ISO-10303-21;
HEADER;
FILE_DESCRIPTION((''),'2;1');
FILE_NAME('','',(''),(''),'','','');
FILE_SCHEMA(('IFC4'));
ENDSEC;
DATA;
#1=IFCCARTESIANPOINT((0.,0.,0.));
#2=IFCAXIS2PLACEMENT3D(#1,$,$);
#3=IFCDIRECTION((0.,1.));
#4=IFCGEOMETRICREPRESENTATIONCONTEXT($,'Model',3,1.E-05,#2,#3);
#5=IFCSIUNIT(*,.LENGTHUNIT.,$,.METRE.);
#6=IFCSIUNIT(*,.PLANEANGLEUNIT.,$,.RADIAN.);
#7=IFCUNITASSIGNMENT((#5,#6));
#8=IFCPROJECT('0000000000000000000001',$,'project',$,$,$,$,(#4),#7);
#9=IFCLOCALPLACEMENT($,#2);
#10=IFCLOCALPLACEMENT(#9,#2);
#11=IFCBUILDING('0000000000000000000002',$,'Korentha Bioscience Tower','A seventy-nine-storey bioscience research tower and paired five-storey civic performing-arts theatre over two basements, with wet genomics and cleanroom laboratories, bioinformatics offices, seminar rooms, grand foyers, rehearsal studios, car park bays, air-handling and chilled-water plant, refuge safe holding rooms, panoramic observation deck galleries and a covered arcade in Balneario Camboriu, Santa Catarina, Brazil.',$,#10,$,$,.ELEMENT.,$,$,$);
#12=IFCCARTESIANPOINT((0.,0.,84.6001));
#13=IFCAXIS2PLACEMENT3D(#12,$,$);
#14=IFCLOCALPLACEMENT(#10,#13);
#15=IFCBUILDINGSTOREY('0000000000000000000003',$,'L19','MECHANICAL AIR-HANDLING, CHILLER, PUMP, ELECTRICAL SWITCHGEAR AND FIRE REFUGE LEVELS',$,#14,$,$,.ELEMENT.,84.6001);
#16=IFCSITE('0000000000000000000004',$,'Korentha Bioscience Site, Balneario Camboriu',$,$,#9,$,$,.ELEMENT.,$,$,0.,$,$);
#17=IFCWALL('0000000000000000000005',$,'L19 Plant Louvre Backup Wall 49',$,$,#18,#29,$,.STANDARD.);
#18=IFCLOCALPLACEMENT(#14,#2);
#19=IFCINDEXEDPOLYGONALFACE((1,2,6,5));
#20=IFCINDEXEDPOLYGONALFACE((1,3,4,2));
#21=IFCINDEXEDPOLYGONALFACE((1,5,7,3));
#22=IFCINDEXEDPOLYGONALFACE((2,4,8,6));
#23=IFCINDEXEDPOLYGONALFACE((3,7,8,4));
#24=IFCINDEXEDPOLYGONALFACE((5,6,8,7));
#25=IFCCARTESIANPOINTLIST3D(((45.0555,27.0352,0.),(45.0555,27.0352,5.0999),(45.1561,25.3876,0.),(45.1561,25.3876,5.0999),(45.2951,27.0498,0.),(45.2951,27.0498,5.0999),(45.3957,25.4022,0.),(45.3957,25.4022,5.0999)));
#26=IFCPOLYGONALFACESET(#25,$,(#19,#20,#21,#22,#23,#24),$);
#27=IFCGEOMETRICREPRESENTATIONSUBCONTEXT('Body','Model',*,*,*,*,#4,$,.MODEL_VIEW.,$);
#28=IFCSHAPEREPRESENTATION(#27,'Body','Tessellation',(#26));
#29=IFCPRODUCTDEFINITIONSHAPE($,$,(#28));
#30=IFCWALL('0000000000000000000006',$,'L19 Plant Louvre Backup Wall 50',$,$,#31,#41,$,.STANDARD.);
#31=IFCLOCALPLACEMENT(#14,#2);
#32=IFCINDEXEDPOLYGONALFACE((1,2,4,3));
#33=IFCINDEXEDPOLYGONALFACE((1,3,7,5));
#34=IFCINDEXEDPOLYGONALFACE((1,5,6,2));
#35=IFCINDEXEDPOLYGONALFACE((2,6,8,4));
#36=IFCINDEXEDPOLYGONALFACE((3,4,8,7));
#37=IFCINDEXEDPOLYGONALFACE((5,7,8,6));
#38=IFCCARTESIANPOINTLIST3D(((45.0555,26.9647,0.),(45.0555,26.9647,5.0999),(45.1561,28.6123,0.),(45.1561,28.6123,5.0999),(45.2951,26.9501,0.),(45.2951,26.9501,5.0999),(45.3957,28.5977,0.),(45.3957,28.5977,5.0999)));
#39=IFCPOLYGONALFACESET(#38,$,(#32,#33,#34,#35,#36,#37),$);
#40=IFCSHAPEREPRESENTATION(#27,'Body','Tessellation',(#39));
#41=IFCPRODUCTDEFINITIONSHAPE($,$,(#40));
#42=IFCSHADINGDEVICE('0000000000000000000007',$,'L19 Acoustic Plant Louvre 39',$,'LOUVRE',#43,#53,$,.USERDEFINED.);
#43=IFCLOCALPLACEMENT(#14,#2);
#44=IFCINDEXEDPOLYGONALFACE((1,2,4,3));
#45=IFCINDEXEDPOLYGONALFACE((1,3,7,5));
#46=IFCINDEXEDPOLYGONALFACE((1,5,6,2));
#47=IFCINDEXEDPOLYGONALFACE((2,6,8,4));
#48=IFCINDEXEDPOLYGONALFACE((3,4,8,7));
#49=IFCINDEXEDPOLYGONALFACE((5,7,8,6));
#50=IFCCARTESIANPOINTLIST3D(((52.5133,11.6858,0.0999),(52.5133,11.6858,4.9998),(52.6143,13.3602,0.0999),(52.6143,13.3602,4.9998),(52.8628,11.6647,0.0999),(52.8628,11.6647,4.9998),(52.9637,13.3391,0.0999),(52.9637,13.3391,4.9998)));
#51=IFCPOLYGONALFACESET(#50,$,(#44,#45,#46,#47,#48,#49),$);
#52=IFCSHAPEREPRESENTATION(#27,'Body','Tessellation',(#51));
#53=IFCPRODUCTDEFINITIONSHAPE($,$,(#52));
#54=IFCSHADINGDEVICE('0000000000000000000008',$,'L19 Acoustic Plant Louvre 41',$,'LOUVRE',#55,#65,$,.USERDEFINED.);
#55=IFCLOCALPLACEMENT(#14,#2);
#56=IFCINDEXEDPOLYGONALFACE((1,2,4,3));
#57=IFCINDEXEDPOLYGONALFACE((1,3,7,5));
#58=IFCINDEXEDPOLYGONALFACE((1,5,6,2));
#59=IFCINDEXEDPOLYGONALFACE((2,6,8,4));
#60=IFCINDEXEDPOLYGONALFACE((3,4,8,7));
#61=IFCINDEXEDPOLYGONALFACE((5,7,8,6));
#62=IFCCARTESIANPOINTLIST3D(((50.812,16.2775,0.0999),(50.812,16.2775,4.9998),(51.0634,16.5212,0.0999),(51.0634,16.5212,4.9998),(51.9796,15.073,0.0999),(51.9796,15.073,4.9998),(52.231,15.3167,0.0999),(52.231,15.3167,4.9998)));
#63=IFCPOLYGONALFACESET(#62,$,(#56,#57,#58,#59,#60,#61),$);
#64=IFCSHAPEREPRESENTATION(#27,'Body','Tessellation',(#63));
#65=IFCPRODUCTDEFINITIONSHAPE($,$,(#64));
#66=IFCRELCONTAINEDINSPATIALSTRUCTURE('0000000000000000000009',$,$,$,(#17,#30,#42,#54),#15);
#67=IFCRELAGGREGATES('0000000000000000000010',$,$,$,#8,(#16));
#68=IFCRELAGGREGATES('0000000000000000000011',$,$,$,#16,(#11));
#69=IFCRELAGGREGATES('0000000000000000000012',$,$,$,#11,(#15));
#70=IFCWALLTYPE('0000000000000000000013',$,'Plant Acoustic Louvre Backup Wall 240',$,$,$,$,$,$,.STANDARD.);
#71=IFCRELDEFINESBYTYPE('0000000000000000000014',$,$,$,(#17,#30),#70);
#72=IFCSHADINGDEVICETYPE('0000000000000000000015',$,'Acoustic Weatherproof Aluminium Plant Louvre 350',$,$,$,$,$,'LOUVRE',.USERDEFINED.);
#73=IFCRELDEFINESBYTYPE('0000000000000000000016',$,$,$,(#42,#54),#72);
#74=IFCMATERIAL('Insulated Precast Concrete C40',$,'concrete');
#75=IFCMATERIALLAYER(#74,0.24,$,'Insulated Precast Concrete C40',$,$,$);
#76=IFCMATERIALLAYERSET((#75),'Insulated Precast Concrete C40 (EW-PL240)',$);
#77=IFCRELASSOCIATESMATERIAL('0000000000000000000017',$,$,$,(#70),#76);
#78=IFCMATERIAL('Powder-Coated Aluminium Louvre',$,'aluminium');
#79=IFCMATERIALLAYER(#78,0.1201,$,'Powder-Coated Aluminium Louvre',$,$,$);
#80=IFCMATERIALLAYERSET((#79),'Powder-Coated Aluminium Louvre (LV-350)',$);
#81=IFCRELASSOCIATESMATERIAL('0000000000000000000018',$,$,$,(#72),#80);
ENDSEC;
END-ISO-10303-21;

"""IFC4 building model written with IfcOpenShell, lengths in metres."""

from ifc_helpers import new_model, si_unit, direction, frame, frame_2d, origin, origin_2d, place, context, subcontext, project, spatial, rectangle, extrude, material, layer, layer_set, type_object, element, save


model = new_model("IFC4")

# Units and contexts
model_context = context("Model", 3, precision=1e-05, world=origin(), true_north=direction((0.0, 1.0)))
body_context = subcontext(model_context, "Body", "Model", "MODEL_VIEW")
ifc_project = project(units=[si_unit("LENGTHUNIT", "METRE"), si_unit("PLANEANGLEUNIT", "RADIAN")], contexts=[model_context])

# Site, building, storey
site_placement = place(None, origin())
site = spatial("IfcSite", under=ifc_project, at=site_placement, Name="Korentha Bioscience Site, Balneario Camboriu", CompositionType="ELEMENT", RefElevation=0.0)
building_placement = place(site_placement, origin())
building = spatial("IfcBuilding", under=site, at=building_placement, Name="Korentha Bioscience Tower", Description="A seventy-nine-storey bioscience research tower and paired five-storey civic performing-arts theatre over two basements, with wet genomics and cleanroom laboratories, bioinformatics offices, seminar rooms, grand foyers, rehearsal studios, car park bays, air-handling and chilled-water plant, refuge safe holding rooms, panoramic observation deck galleries and a covered arcade in Balneario Camboriu, Santa Catarina, Brazil.", CompositionType="ELEMENT")
storey_placement = place(building_placement, frame((0.0, 0.0, 84.6001)))
storey = spatial("IfcBuildingStorey", under=building, at=storey_placement, Name="L19", Description="MECHANICAL AIR-HANDLING, CHILLER, PUMP, ELECTRICAL SWITCHGEAR AND FIRE REFUGE LEVELS", CompositionType="ELEMENT", Elevation=84.6001)

# Walls
ifc_material_1 = material(Name="Insulated Precast Concrete C40", Category="concrete")
ifc_layer_1 = layer(ifc_material_1, 0.24, Name="Insulated Precast Concrete C40")
ifc_layer_set_1 = layer_set([ifc_layer_1], Name="Insulated Precast Concrete C40 (EW-PL240)")
wall_type = type_object("IfcWallType", Name="Plant Acoustic Louvre Backup Wall 240", PredefinedType="STANDARD", material=ifc_layer_set_1)
for number, where, z_axis, x_axis, name in (
    (1, (45.2759, 25.395, 0.0), (0.0, 0.0, 1.0), (-0.060942, 0.998141, 0.0), "L19 Plant Louvre Backup Wall 49"),
    (2, (45.1753, 26.9575, 0.0), (0.0, 0.0, 1.0), (0.060942, 0.998141, 0.0), "L19 Plant Louvre Backup Wall 50"),
):
    element("IfcWall", number, at=place(storey_placement, frame(where, z_axis=z_axis, x_axis=x_axis)), inside=storey, type_object=wall_type, Name=name, PredefinedType="STANDARD", context=body_context, shape_type="SweptSolid", body=[
        extrude(rectangle(XDim=1.6506, YDim=0.24, at=frame_2d((0.8252, 0.0))), origin(), (0.0, 0.0, 1.0), 5.0999),
    ])

# Shading devices
ifc_material_2 = material(Name="Powder-Coated Aluminium Louvre", Category="aluminium")
ifc_layer_2 = layer(ifc_material_2, 0.1201, Name="Powder-Coated Aluminium Louvre")
ifc_layer_set_2 = layer_set([ifc_layer_2], Name="Powder-Coated Aluminium Louvre (LV-350)")
shading_device_type = type_object("IfcShadingDeviceType", Name="Acoustic Weatherproof Aluminium Plant Louvre 350", ElementType="LOUVRE", PredefinedType="USERDEFINED", material=ifc_layer_set_2)
for number, where, z_axis, x_axis, name in (
    (3, (52.7385, 12.5125, 0.0999), (0.0, 0.0, 1.0), (0.060193, 0.998187, 0.0), "L19 Acoustic Plant Louvre 39"),
    (4, (51.5215, 15.7971, 0.0999), (0.0, 0.0, 1.0), (-0.696029, 0.718014, 0.0), "L19 Acoustic Plant Louvre 41"),
):
    element("IfcShadingDevice", number, at=place(storey_placement, frame(where, z_axis=z_axis, x_axis=x_axis)), inside=storey, type_object=shading_device_type, Name=name, ObjectType="LOUVRE", PredefinedType="USERDEFINED", context=body_context, shape_type="SweptSolid", body=[
        extrude(rectangle(XDim=1.6775, YDim=0.3501, at=origin_2d()), origin(), (0.0, 0.0, 1.0), 4.8999),
    ])

save(model, "model.ifc")
